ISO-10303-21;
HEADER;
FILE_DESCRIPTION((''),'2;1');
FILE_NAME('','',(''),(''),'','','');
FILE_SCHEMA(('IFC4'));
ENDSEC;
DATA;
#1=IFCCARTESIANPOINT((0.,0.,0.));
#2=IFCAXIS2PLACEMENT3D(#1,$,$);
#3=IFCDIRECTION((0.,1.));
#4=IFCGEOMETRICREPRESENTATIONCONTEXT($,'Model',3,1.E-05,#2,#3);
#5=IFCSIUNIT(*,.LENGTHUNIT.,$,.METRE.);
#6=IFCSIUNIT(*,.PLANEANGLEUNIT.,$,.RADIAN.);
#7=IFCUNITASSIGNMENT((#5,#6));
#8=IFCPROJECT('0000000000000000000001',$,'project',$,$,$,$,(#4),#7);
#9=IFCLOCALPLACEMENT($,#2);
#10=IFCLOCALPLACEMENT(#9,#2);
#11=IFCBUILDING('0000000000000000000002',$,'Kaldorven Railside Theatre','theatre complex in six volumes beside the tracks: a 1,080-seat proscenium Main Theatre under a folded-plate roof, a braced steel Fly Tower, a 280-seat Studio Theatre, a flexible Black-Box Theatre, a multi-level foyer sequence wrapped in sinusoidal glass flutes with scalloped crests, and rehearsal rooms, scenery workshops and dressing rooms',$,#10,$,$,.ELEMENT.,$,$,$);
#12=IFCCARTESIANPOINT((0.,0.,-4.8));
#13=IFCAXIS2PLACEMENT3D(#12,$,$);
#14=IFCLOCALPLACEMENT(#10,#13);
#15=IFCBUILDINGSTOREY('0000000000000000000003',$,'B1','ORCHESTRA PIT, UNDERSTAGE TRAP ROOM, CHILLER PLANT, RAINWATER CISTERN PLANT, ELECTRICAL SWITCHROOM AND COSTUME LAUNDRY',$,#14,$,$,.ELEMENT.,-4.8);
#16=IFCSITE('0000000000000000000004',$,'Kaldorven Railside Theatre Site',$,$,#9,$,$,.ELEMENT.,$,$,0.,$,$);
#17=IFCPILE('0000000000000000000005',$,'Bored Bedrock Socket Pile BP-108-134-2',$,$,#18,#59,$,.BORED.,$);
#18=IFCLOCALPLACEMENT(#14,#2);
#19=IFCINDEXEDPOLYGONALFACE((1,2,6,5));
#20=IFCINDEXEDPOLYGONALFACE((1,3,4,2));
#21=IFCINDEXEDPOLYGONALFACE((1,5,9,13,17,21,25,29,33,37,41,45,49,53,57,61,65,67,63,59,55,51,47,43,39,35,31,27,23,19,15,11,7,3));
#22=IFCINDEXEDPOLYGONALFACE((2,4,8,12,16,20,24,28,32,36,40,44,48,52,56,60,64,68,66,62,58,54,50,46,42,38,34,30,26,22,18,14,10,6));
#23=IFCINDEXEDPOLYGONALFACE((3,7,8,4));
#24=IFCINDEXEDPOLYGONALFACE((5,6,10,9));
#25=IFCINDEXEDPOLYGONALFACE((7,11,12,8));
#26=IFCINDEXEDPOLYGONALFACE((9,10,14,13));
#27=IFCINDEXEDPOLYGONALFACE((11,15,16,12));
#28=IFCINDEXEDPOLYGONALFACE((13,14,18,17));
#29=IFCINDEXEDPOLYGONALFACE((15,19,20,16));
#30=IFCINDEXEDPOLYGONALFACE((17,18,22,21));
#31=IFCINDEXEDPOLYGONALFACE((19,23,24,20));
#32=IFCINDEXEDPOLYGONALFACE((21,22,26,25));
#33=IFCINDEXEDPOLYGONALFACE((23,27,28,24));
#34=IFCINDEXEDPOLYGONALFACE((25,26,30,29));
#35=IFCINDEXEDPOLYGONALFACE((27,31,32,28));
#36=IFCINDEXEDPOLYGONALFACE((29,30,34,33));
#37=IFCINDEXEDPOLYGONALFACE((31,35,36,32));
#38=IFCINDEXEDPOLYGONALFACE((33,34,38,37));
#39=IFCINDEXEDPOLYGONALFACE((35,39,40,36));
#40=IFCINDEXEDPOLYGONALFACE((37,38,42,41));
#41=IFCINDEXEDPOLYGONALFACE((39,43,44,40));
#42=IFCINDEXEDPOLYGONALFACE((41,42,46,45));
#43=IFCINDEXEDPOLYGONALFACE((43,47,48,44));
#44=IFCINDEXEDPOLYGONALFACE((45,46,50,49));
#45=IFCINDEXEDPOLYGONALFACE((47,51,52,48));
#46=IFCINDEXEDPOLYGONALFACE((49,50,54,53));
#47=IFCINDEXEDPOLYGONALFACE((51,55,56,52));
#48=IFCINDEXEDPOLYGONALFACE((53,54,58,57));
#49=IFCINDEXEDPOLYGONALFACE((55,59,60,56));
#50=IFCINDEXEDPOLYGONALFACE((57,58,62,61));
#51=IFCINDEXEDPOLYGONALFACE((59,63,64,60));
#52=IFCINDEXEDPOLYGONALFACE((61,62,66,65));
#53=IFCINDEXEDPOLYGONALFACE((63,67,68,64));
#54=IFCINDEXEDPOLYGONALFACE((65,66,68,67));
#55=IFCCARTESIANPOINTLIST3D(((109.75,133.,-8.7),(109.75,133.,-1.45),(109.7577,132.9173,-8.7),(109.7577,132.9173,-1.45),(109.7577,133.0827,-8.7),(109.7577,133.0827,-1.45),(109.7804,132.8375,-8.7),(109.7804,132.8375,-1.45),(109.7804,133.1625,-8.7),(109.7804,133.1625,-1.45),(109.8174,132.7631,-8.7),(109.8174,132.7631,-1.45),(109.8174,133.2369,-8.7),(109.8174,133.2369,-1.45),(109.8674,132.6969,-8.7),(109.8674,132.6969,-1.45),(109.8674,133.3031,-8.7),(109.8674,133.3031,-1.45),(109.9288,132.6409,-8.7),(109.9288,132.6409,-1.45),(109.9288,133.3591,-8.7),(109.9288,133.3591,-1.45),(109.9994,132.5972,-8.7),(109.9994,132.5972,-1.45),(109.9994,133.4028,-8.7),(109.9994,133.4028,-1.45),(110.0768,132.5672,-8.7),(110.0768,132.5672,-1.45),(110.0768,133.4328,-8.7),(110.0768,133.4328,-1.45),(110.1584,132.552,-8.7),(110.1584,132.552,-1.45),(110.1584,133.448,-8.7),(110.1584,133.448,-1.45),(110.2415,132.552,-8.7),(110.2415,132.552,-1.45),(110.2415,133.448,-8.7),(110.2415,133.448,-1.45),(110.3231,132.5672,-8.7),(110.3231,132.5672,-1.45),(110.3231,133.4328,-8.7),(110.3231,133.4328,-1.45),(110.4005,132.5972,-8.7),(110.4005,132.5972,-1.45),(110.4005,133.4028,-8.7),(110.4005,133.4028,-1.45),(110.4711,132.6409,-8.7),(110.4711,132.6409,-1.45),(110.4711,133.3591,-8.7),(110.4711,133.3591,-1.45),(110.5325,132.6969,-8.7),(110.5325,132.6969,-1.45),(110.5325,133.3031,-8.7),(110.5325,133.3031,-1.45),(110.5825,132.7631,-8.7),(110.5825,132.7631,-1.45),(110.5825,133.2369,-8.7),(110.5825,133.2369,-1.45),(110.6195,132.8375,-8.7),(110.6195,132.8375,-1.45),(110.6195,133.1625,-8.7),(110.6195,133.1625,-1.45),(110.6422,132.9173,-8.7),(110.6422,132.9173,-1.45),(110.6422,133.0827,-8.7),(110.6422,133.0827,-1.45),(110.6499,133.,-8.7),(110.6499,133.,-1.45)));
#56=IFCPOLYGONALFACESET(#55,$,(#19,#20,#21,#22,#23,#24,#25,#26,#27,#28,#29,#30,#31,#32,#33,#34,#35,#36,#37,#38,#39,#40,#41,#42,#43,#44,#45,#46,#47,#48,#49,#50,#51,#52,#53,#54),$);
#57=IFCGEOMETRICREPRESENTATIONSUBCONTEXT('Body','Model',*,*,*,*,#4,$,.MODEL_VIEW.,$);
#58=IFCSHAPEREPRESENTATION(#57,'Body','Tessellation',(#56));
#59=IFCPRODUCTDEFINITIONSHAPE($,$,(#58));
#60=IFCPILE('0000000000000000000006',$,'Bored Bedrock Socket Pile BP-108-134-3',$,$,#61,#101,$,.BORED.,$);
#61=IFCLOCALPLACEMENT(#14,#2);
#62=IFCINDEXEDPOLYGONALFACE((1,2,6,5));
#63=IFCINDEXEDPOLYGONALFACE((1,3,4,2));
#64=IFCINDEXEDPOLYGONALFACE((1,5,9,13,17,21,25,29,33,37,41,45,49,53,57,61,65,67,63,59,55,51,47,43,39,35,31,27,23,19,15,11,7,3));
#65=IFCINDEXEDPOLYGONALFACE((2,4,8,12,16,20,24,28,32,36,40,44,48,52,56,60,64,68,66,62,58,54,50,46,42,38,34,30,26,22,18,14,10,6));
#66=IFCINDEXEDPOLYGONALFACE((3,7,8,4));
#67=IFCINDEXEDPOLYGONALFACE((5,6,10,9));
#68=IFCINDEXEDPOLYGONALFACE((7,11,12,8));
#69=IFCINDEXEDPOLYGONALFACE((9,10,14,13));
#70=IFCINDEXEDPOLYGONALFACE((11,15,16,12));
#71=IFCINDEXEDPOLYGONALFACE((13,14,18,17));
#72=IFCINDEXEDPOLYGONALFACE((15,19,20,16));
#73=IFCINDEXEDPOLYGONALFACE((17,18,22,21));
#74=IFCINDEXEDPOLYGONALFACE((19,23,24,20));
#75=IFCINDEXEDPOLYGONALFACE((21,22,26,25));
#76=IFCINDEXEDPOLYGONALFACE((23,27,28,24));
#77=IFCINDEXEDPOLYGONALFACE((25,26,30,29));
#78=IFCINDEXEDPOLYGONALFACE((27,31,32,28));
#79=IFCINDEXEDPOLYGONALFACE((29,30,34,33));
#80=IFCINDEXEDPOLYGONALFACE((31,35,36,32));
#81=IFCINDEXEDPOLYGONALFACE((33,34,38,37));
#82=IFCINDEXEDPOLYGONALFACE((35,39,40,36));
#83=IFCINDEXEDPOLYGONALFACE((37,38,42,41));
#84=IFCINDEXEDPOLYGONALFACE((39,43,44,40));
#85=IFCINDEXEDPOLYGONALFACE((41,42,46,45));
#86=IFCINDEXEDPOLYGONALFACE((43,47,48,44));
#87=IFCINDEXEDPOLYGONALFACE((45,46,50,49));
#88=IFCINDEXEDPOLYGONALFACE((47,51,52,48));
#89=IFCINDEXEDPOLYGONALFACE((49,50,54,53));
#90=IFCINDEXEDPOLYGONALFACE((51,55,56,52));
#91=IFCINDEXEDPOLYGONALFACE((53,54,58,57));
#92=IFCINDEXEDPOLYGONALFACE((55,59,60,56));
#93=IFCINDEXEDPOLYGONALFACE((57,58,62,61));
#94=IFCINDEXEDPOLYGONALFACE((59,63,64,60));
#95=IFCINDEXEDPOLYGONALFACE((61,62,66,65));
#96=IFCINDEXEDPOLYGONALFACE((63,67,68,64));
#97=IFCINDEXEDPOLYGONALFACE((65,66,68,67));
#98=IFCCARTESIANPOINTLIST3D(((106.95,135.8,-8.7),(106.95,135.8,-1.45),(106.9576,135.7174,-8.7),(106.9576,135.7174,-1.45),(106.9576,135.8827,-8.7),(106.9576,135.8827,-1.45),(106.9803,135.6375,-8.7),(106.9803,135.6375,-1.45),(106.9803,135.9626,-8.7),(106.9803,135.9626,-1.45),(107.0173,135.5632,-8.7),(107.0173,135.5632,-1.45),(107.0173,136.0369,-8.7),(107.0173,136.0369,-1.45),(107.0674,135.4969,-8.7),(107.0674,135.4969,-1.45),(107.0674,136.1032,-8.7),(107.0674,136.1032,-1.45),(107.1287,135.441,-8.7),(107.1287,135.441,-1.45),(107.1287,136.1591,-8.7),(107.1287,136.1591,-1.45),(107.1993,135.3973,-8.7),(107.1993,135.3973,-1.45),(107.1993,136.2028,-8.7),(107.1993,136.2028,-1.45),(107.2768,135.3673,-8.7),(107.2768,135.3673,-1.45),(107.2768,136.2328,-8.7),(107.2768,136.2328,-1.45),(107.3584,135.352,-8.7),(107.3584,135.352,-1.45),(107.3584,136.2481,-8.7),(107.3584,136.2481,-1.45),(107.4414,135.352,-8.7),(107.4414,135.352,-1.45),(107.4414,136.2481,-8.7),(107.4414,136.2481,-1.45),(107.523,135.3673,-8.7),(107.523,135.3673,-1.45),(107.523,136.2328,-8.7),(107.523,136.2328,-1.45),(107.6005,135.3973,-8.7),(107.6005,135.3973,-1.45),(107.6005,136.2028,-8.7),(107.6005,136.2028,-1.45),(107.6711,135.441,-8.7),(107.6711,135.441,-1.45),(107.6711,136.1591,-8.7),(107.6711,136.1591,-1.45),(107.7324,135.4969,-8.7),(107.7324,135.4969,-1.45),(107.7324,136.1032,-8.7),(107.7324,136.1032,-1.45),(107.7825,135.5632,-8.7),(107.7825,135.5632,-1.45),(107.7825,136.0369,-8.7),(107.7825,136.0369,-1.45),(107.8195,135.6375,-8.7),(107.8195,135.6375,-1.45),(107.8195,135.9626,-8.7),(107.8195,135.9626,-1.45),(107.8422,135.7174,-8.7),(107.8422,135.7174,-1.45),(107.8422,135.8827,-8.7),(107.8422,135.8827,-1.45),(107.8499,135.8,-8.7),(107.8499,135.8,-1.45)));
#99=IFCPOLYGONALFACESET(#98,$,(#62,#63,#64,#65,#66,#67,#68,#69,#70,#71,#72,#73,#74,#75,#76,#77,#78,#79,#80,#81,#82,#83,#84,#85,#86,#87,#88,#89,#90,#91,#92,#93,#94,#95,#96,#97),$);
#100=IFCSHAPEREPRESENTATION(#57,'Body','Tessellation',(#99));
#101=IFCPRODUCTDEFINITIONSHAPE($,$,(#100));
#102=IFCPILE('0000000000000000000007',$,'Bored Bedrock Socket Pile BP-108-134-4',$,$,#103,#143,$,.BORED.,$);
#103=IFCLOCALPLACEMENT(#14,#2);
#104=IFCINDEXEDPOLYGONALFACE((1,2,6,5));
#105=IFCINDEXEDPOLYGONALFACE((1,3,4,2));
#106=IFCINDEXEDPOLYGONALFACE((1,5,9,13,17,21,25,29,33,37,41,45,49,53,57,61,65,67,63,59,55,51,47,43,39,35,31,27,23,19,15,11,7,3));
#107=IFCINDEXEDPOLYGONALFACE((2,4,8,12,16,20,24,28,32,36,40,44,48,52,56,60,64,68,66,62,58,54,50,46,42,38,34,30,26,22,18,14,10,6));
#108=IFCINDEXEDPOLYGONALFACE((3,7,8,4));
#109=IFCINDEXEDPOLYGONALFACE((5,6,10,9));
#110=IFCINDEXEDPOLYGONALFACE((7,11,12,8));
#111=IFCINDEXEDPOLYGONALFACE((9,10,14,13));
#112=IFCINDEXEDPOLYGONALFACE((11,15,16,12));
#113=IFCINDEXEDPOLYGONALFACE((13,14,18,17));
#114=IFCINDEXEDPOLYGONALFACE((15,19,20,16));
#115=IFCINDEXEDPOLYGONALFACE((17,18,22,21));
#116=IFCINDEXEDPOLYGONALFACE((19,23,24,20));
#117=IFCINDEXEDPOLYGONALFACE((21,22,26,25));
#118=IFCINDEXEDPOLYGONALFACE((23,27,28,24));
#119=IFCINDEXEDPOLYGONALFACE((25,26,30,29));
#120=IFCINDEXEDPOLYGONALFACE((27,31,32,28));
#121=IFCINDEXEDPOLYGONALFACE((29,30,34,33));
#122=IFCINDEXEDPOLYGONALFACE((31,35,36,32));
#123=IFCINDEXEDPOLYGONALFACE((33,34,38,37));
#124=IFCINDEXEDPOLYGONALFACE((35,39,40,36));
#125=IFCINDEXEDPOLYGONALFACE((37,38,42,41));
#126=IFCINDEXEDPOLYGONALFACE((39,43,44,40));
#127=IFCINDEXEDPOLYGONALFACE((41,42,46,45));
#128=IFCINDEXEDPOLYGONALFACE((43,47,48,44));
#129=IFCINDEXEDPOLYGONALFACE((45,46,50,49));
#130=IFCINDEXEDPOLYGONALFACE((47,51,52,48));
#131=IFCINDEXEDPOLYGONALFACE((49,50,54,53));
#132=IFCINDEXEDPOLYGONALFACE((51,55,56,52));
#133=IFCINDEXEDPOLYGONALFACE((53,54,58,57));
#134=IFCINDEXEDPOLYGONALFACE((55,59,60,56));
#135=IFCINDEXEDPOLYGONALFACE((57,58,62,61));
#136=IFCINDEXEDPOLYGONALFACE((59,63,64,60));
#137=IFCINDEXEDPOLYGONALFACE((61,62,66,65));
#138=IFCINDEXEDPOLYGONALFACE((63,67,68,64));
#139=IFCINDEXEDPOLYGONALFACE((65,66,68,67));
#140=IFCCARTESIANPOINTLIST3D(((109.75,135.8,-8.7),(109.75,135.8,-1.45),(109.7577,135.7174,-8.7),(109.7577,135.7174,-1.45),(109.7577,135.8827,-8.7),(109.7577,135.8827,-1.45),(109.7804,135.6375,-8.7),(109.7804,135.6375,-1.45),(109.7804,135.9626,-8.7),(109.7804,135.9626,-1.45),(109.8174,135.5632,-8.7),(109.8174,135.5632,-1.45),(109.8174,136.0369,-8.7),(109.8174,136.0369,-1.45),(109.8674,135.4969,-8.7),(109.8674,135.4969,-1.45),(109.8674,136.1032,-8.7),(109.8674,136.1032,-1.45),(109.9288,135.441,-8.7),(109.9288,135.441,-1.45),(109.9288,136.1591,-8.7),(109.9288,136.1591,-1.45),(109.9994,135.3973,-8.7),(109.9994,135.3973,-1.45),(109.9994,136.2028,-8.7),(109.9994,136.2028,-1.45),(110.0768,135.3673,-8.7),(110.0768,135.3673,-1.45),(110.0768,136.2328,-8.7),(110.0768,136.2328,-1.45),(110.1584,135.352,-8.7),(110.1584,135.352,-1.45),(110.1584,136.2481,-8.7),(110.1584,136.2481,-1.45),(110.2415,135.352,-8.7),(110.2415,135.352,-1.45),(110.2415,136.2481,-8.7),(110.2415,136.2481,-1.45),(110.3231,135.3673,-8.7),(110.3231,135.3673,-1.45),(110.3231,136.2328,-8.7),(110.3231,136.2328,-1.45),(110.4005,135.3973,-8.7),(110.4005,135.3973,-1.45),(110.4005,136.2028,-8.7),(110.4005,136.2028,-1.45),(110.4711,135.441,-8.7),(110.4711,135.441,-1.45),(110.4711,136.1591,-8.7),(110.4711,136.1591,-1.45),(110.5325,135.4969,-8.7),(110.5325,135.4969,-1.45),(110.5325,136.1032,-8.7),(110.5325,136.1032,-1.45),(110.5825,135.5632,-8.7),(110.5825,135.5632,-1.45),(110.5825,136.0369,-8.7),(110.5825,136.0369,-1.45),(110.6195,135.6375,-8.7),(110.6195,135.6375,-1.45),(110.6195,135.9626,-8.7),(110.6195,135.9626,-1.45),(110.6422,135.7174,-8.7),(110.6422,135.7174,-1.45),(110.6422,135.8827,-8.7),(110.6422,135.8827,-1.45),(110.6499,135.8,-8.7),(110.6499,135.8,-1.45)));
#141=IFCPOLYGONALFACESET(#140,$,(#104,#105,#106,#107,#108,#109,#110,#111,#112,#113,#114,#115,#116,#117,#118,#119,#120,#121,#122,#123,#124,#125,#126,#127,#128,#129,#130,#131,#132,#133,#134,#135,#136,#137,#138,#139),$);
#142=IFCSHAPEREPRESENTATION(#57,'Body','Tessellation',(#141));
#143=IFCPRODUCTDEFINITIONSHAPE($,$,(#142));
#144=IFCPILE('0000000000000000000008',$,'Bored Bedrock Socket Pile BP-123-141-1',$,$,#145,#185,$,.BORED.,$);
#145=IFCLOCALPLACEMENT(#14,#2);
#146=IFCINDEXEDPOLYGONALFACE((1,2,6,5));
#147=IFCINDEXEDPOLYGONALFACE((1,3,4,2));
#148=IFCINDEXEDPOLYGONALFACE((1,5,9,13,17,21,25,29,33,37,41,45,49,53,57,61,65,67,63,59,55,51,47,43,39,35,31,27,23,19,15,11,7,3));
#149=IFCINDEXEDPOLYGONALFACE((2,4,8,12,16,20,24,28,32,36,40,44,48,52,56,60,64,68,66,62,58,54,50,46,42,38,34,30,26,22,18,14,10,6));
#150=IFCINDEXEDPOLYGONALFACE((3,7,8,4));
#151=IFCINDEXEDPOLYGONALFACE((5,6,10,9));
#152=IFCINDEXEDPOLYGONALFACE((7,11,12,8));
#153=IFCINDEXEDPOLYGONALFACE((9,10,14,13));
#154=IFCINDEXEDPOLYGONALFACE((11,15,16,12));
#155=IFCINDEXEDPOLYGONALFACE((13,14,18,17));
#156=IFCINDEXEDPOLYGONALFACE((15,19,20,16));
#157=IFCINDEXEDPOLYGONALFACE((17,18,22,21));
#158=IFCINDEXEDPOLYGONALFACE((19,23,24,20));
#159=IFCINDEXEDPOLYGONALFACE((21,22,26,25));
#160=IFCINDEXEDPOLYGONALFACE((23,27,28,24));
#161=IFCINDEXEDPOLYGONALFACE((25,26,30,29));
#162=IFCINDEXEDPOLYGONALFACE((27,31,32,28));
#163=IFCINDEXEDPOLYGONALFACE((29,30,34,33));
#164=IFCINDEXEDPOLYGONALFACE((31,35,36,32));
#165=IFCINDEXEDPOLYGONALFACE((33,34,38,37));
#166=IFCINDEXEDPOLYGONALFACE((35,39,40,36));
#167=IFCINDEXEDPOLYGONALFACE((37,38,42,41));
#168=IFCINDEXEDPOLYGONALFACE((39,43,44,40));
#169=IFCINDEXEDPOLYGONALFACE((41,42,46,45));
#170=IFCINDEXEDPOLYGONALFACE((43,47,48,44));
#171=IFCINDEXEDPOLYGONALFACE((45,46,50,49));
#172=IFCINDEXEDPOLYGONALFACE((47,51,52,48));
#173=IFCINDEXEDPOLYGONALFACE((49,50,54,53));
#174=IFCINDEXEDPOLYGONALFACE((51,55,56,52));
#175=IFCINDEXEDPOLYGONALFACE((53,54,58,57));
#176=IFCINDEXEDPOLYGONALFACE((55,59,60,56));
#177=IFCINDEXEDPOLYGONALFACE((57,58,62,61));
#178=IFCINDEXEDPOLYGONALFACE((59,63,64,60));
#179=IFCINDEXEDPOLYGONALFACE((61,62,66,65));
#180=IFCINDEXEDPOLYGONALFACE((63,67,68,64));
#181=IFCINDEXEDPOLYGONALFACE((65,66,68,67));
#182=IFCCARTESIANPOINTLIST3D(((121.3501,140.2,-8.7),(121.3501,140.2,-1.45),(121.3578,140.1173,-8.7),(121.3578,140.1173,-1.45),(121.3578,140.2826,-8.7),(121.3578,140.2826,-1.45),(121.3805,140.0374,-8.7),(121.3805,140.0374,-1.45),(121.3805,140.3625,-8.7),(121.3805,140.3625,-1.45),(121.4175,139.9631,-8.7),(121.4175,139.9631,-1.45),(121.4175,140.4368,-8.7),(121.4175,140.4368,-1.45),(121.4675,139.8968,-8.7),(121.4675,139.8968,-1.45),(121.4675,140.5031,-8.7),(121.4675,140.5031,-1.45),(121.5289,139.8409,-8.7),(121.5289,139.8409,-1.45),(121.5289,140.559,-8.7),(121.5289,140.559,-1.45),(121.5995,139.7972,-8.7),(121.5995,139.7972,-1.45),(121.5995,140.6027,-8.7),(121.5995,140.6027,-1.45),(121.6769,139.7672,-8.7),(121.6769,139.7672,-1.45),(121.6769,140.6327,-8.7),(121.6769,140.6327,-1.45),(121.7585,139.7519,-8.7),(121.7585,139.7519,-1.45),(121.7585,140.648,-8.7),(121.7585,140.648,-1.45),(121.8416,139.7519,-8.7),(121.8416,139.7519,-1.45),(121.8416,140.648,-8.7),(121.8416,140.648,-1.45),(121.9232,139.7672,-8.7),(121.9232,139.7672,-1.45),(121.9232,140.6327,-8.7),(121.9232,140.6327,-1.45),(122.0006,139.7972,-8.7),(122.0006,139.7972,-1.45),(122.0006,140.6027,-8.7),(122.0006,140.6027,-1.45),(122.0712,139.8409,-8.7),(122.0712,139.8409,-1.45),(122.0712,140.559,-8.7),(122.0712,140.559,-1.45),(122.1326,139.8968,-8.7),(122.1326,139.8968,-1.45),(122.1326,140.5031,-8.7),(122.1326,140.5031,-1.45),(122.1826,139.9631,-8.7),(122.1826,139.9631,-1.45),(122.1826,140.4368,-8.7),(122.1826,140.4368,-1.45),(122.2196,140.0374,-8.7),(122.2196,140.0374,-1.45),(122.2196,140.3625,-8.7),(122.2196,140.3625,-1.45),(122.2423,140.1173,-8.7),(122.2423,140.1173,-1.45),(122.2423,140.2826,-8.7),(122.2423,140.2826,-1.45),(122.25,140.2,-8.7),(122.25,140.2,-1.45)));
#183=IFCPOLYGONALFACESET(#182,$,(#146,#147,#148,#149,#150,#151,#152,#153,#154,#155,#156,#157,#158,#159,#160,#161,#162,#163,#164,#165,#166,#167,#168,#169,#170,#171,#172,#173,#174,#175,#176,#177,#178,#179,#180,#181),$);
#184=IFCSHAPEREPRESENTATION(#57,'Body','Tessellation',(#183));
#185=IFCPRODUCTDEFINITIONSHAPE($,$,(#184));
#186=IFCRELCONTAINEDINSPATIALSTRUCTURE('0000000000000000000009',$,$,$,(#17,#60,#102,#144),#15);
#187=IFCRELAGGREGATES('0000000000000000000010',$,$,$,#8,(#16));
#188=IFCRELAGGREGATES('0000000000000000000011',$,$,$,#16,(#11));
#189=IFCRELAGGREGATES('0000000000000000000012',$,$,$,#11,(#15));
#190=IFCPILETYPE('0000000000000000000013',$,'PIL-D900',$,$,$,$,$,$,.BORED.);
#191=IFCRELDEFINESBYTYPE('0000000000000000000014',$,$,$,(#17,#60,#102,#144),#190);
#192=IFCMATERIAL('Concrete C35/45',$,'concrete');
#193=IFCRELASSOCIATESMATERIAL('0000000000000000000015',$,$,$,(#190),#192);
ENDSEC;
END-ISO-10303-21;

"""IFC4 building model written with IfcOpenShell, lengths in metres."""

from ifc_helpers import new_model, si_unit, direction, frame, origin, origin_2d, place, context, subcontext, project, spatial, circle, extrude, material, material_profile, profile_set, type_object, element, save


model = new_model("IFC4")

# Units and contexts
model_context = context("Model", 3, precision=1e-05, world=origin(), true_north=direction((0.0, 1.0)))
body_context = subcontext(model_context, "Body", "Model", "MODEL_VIEW")
ifc_project = project(units=[si_unit("LENGTHUNIT", "METRE"), si_unit("PLANEANGLEUNIT", "RADIAN")], contexts=[model_context])

# Site, building, storey
site_placement = place(None, origin())
site = spatial("IfcSite", under=ifc_project, at=site_placement, Name="Kaldorven Railside Theatre Site", CompositionType="ELEMENT", RefElevation=0.0)
building_placement = place(site_placement, origin())
building = spatial("IfcBuilding", under=site, at=building_placement, Name="Kaldorven Railside Theatre", Description="theatre complex in six volumes beside the tracks: a 1,080-seat proscenium Main Theatre under a folded-plate roof, a braced steel Fly Tower, a 280-seat Studio Theatre, a flexible Black-Box Theatre, a multi-level foyer sequence wrapped in sinusoidal glass flutes with scalloped crests, and rehearsal rooms, scenery workshops and dressing rooms", CompositionType="ELEMENT")
storey_placement = place(building_placement, frame((0.0, 0.0, -4.8)))
storey = spatial("IfcBuildingStorey", under=building, at=storey_placement, Name="B1", Description="ORCHESTRA PIT, UNDERSTAGE TRAP ROOM, CHILLER PLANT, RAINWATER CISTERN PLANT, ELECTRICAL SWITCHROOM AND COSTUME LAUNDRY", CompositionType="ELEMENT", Elevation=-4.8)

# Piles
ifc_material_1 = material(Name="Concrete C35/45", Category="concrete")
ifc_material_profile_1 = material_profile(ifc_material_1, circle(Radius=0.45, at=origin_2d()), Name="BP D900")
ifc_profile_set_1 = profile_set([ifc_material_profile_1], Name="Concrete C35/45")
pile_type_1 = type_object("IfcPileType", Name="PIL-D900", PredefinedType="BORED", material=ifc_profile_set_1)
for number, where, z_axis, x_axis, name in (
    (1, (110.2, 133.0, -1.45), (0.0, 0.0, -1.0), (1.0, 0.0, 0.0), "Bored Bedrock Socket Pile BP-108-134-2"),
    (2, (107.3999, 135.8, -1.45), (0.0, 0.0, -1.0), (1.0, 0.0, 0.0), "Bored Bedrock Socket Pile BP-108-134-3"),
    (3, (110.2, 135.8, -1.45), (0.0, 0.0, -1.0), (1.0, 0.0, 0.0), "Bored Bedrock Socket Pile BP-108-134-4"),
    (4, (121.8, 140.2, -1.45), (0.0, 0.0, -1.0), (1.0, 0.0, 0.0), "Bored Bedrock Socket Pile BP-123-141-1"),
):
    element("IfcPile", number, at=place(storey_placement, frame(where, z_axis=z_axis, x_axis=x_axis)), inside=storey, type_object=pile_type_1, Name=name, PredefinedType="BORED", context=body_context, shape_type="SweptSolid", body=[
        extrude(circle(Radius=0.45, at=origin_2d()), origin(), (0.0, 0.0, 1.0), 7.25),
    ])

save(model, "model.ifc")
